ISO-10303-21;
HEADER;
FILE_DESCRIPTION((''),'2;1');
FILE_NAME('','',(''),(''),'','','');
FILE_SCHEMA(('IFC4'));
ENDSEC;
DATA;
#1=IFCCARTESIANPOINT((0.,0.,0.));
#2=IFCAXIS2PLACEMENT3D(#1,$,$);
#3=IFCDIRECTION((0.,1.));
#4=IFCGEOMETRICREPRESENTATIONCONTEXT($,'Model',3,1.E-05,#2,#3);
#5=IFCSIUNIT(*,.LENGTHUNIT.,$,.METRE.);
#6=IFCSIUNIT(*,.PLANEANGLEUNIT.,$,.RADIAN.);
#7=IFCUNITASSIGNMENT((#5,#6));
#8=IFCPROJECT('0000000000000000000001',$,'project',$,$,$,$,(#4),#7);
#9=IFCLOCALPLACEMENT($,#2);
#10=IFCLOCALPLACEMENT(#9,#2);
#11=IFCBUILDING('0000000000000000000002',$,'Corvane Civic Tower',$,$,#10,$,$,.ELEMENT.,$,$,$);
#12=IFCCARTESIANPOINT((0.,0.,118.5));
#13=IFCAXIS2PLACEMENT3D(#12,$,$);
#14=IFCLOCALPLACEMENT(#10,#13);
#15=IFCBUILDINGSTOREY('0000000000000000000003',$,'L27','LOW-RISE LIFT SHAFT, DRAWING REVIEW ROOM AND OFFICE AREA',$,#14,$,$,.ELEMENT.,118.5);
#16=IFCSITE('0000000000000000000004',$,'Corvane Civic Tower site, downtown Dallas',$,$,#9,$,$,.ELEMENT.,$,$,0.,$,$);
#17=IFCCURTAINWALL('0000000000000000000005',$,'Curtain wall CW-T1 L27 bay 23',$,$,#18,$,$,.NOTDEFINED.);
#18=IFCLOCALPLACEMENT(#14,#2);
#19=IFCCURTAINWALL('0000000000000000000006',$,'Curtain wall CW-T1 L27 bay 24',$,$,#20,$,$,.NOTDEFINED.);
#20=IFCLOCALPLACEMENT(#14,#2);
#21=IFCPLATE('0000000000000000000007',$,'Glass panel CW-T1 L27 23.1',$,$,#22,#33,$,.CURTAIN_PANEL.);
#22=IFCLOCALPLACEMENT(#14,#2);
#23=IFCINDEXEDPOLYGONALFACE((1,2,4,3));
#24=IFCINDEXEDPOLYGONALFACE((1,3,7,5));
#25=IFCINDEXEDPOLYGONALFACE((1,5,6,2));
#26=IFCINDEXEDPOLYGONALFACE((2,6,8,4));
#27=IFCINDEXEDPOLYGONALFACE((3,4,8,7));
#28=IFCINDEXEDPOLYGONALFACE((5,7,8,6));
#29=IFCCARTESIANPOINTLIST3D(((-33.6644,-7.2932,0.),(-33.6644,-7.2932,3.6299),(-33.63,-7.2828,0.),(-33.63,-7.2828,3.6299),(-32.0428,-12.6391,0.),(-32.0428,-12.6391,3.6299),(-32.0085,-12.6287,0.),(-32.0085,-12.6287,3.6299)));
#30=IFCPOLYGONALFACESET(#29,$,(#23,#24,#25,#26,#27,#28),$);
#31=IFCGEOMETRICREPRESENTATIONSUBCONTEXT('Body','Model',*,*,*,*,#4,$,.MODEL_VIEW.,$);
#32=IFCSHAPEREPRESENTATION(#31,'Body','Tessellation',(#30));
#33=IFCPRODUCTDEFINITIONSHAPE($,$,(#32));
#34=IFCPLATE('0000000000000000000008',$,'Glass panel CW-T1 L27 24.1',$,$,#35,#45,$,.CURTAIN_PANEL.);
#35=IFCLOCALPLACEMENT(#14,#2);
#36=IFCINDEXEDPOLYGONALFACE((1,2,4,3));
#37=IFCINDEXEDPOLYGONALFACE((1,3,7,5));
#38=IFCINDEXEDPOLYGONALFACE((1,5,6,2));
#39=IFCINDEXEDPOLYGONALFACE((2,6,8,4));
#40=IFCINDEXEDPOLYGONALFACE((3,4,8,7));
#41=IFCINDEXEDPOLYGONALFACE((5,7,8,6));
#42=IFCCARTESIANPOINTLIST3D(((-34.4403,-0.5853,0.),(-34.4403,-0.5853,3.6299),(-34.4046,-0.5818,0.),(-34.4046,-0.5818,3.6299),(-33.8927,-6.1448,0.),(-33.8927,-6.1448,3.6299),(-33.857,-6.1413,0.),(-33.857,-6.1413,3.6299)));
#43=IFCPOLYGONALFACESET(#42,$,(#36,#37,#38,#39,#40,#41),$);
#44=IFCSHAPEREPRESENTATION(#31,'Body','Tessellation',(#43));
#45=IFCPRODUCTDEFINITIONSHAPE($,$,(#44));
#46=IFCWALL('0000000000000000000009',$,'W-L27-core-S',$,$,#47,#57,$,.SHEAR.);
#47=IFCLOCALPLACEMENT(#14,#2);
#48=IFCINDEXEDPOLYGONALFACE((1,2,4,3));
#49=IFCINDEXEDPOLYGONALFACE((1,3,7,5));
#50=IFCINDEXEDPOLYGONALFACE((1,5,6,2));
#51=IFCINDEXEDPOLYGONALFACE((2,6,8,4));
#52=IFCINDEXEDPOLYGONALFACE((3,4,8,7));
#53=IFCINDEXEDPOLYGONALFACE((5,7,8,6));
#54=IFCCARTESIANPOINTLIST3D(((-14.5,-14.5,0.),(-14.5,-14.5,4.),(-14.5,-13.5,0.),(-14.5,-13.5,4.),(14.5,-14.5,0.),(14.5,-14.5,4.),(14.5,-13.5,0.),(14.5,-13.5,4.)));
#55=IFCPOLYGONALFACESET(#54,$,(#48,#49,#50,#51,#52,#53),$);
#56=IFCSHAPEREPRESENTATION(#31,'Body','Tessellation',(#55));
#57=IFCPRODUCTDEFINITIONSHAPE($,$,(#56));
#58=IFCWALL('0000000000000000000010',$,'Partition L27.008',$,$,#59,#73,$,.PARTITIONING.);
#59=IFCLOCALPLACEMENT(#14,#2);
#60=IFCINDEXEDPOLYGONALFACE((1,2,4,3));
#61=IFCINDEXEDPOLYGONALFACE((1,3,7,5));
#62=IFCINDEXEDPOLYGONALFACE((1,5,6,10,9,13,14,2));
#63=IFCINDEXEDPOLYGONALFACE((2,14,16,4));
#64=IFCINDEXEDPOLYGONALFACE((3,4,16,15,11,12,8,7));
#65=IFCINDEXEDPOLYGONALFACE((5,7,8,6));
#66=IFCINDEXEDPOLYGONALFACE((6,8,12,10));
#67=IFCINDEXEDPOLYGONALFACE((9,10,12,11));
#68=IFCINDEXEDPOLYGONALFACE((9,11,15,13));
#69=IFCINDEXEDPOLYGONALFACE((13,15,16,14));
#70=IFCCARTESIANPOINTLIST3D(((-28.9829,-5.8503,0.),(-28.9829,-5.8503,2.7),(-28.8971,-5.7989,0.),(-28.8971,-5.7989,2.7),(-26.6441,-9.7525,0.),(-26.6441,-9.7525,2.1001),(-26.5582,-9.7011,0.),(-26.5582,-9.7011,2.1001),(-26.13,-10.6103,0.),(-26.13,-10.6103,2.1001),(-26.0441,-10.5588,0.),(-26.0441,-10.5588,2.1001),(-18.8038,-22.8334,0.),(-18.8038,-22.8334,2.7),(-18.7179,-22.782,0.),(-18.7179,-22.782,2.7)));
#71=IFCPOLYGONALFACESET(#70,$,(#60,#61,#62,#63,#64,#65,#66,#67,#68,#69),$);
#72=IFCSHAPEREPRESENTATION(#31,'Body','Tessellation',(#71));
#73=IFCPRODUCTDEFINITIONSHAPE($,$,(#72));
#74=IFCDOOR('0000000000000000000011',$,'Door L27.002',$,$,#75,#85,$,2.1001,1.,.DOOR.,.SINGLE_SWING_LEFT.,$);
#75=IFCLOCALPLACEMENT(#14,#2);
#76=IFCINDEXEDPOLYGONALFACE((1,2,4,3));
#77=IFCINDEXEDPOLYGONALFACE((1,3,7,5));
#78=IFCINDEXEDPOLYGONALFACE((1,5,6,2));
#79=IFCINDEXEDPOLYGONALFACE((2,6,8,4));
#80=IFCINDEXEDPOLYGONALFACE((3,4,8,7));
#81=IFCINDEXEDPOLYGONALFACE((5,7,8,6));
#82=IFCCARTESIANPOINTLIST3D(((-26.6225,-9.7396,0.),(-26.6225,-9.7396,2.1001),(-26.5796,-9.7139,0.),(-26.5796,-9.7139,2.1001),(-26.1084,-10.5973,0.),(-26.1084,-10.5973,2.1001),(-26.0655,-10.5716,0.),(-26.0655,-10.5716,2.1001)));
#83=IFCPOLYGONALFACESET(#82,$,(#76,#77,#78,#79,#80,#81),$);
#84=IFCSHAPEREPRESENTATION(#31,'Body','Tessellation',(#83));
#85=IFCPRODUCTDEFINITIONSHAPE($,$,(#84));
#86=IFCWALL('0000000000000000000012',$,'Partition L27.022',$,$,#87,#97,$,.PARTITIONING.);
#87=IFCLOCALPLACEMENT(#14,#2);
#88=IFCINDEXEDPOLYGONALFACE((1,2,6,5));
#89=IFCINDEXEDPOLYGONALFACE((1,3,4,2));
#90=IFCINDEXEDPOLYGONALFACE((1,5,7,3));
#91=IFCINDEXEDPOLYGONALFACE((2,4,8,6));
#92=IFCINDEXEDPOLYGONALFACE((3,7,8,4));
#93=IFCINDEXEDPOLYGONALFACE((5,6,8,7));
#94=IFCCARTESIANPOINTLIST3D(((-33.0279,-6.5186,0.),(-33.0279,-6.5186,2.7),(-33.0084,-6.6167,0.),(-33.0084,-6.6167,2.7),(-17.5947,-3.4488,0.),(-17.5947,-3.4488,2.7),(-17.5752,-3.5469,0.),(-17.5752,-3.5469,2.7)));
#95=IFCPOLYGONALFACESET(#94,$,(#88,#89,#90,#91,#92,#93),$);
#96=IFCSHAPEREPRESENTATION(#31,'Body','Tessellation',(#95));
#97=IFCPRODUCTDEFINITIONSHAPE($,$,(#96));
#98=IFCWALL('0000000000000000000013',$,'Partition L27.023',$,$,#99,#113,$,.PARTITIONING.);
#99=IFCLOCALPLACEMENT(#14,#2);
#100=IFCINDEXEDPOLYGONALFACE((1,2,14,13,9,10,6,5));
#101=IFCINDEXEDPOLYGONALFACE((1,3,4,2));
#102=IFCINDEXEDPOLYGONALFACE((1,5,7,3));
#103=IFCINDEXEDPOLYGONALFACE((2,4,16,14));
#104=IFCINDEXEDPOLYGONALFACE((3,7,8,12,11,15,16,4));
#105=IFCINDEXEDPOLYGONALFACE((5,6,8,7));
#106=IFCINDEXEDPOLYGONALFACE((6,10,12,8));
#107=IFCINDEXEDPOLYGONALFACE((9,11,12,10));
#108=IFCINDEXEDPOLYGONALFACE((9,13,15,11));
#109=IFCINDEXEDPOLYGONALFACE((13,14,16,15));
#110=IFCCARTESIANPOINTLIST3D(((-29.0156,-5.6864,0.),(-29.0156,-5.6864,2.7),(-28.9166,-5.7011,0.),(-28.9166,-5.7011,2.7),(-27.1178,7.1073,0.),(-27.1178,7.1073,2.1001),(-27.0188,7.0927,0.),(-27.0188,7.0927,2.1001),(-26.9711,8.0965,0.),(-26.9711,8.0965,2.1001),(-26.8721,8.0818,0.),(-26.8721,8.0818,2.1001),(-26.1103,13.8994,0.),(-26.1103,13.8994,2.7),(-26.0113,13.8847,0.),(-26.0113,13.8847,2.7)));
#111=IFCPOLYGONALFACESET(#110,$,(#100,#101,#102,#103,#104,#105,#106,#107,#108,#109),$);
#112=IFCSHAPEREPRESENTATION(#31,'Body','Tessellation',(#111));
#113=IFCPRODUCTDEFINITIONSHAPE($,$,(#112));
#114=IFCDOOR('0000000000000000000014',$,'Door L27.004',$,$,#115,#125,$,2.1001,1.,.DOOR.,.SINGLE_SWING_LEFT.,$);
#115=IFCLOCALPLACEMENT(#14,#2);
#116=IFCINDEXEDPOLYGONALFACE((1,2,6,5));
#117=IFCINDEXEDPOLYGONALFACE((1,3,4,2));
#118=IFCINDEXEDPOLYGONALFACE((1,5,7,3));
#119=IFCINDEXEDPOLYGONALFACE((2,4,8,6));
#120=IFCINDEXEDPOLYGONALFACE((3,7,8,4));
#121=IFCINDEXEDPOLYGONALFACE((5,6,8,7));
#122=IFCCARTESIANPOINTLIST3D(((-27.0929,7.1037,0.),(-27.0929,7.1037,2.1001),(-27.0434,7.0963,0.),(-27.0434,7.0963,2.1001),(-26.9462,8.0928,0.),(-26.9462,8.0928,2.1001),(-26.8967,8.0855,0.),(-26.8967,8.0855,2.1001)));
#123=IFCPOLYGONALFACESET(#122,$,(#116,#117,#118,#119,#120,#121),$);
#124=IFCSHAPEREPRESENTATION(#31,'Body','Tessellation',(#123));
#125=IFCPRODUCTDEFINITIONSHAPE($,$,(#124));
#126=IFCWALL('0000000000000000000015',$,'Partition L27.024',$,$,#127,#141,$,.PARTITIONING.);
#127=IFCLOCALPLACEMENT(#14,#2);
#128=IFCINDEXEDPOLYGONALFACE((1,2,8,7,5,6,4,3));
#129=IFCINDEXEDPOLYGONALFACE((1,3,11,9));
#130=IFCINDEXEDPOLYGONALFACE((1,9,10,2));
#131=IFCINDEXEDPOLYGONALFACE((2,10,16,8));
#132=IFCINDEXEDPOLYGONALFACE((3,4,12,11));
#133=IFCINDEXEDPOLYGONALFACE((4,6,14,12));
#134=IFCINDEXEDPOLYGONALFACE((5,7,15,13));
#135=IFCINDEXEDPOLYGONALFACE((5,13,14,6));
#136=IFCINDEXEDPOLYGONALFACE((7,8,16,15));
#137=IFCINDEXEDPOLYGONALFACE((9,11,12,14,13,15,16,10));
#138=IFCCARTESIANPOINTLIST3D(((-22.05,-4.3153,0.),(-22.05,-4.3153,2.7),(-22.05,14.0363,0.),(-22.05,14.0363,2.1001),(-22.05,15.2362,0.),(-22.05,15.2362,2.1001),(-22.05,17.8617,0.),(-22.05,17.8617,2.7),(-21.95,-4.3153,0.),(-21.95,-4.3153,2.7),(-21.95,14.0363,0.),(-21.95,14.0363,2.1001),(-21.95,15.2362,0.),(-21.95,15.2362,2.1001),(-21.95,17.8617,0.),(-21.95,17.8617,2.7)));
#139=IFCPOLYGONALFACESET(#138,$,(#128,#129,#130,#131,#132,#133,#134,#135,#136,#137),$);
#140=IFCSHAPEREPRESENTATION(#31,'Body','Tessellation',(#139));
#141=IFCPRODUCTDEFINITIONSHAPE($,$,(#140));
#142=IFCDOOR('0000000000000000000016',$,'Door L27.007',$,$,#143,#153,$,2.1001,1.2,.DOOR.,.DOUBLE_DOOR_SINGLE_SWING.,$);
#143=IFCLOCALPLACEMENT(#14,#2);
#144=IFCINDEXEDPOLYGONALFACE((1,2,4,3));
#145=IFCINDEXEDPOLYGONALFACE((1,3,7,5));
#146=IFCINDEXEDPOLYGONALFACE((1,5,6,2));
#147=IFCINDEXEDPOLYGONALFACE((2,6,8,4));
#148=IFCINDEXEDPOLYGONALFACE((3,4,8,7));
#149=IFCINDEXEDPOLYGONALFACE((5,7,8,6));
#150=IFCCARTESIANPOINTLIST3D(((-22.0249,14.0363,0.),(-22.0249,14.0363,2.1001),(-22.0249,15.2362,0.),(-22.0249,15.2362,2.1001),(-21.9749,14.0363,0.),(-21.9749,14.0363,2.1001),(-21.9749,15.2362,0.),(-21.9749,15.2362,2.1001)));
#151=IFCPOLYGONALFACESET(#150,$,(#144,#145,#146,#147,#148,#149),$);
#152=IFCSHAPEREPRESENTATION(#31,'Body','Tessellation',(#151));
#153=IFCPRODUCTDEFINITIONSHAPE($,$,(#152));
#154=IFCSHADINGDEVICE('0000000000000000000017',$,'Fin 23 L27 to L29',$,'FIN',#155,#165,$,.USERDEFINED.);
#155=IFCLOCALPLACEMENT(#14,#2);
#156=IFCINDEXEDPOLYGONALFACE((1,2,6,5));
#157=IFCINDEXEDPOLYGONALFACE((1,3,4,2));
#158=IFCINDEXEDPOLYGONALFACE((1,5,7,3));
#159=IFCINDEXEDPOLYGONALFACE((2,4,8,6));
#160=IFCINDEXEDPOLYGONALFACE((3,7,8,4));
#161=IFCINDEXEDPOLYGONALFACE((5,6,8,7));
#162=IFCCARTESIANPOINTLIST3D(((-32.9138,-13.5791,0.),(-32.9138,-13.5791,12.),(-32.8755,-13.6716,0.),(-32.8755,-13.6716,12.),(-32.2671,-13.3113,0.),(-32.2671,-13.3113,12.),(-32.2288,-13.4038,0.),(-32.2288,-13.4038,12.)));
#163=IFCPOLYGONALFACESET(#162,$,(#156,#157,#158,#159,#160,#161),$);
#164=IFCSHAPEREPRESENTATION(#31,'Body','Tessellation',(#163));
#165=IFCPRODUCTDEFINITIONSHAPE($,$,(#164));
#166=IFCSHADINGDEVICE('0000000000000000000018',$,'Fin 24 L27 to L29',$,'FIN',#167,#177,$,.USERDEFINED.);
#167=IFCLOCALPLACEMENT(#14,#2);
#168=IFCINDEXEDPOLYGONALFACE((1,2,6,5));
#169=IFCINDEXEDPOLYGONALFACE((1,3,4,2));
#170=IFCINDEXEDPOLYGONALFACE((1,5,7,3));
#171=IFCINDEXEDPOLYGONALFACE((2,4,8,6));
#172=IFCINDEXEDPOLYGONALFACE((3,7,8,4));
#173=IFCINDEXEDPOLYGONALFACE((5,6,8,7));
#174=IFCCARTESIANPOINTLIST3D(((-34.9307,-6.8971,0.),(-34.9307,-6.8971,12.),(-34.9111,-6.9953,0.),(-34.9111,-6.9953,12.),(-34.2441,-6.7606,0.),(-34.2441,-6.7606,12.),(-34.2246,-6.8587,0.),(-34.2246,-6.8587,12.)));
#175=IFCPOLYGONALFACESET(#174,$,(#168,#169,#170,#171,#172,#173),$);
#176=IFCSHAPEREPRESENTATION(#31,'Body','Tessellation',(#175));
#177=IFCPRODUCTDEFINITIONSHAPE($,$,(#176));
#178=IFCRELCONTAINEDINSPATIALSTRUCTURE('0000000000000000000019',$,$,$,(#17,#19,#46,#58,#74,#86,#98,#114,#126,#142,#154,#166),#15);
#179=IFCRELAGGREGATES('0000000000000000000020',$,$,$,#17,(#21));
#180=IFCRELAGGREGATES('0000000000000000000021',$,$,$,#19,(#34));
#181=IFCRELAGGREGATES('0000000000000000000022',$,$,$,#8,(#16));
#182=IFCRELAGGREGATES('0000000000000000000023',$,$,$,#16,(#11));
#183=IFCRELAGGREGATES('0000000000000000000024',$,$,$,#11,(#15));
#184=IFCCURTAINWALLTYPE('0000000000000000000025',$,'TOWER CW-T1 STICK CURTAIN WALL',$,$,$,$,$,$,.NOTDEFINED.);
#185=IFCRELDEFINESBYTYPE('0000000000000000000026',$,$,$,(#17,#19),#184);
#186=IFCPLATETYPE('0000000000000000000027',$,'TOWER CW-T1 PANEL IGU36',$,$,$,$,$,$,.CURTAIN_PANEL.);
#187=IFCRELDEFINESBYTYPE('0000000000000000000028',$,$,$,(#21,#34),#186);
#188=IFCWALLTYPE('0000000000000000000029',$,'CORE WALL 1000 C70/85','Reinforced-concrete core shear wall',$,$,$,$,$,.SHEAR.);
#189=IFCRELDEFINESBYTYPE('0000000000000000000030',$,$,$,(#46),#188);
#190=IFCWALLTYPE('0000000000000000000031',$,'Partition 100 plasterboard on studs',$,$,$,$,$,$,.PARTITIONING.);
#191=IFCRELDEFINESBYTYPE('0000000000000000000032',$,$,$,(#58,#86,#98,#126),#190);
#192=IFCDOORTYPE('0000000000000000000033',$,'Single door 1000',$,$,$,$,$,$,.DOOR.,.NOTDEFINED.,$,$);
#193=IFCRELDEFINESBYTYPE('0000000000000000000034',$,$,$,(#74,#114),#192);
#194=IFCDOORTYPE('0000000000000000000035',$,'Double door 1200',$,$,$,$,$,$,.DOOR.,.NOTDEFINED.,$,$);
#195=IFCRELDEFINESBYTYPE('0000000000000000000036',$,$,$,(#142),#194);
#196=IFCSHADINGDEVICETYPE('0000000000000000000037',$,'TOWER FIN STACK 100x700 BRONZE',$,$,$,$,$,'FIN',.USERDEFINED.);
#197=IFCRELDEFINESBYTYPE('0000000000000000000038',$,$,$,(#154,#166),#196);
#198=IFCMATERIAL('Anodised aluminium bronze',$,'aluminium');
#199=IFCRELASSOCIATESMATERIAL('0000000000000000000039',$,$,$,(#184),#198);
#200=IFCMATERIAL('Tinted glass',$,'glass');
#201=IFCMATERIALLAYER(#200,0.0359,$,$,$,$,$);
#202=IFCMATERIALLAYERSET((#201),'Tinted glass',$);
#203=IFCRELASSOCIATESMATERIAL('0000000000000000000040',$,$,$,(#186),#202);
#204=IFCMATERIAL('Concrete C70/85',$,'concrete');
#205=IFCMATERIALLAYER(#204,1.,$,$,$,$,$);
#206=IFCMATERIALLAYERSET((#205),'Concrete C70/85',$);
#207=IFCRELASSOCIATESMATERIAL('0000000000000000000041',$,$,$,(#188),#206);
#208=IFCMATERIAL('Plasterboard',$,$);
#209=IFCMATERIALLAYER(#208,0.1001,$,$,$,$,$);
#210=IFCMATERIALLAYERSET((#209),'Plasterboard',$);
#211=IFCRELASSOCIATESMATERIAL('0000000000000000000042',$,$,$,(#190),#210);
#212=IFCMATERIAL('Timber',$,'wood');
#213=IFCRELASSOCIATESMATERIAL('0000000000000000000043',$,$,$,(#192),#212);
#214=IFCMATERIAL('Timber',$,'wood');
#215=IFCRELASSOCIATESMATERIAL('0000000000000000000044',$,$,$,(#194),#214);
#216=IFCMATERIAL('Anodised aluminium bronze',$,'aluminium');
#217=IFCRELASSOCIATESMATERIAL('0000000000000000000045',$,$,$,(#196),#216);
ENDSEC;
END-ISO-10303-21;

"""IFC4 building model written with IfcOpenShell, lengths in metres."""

from ifc_helpers import new_model, si_unit, direction, frame, frame_2d, origin, origin_2d, place, context, subcontext, project, spatial, rectangle, extrude, material, layer, layer_set, material_profile, profile_set, type_object, element, fill, aggregate, save


model = new_model("IFC4")

# Units and contexts
model_context = context("Model", 3, precision=1e-05, world=origin(), true_north=direction((0.0, 1.0)))
body_context = subcontext(model_context, "Body", "Model", "MODEL_VIEW")
ifc_project = project(units=[si_unit("LENGTHUNIT", "METRE"), si_unit("PLANEANGLEUNIT", "RADIAN")], contexts=[model_context])

# Site, building, storey
site_placement = place(None, origin())
site = spatial("IfcSite", under=ifc_project, at=site_placement, Name="Corvane Civic Tower site, downtown Dallas", CompositionType="ELEMENT", RefElevation=0.0)
building_placement = place(site_placement, origin())
building = spatial("IfcBuilding", under=site, at=building_placement, Name="Corvane Civic Tower", CompositionType="ELEMENT")
storey_placement = place(building_placement, frame((0.0, 0.0, 118.5)))
storey = spatial("IfcBuildingStorey", under=building, at=storey_placement, Name="L27", Description="LOW-RISE LIFT SHAFT, DRAWING REVIEW ROOM AND OFFICE AREA", CompositionType="ELEMENT", Elevation=118.5)

# Curtain walls
ifc_material_1 = material(Name="Anodised aluminium bronze", Category="aluminium")
curtain_wall_type = type_object("IfcCurtainWallType", Name="TOWER CW-T1 STICK CURTAIN WALL", PredefinedType="NOTDEFINED", material=ifc_material_1)
curtain_wall_1_placement = place(storey_placement, origin())
curtain_wall_1 = element("IfcCurtainWall", 1, at=curtain_wall_1_placement, inside=storey, type_object=curtain_wall_type, Name="Curtain wall CW-T1 L27 bay 23", PredefinedType="NOTDEFINED")
curtain_wall_2_placement = place(storey_placement, origin())
curtain_wall_2 = element("IfcCurtainWall", 2, at=curtain_wall_2_placement, inside=storey, type_object=curtain_wall_type, Name="Curtain wall CW-T1 L27 bay 24", PredefinedType="NOTDEFINED")

# Shared definitions
ifc_material_2 = material(Name="Tinted glass", Category="glass")
ifc_layer_1 = layer(ifc_material_2, 0.0359)
ifc_layer_set_1 = layer_set([ifc_layer_1], Name="Tinted glass")
plate_type = type_object("IfcPlateType", Name="TOWER CW-T1 PANEL IGU36", PredefinedType="CURTAIN_PANEL", material=ifc_layer_set_1)

# Plates
plate_1_placement = place(storey_placement, frame((-32.8364, -9.9609, 0.0), z_axis=(0.0, 0.0, 1.0), x_axis=(-0.290266, 0.956946, 0.0)))
plate_1 = element("IfcPlate", 3, at=plate_1_placement, type_object=plate_type, Name="Glass panel CW-T1 L27 23.1", PredefinedType="CURTAIN_PANEL", context=body_context, shape_type="SweptSolid", body=[
    extrude(rectangle(XDim=5.5864, YDim=0.0359, at=origin_2d()), origin(), (0.0, 0.0, 1.0), 3.6299),
])
aggregate(curtain_wall_1, [plate_1])
plate_2_placement = place(storey_placement, frame((-34.1487, -3.3633, 0.0), z_axis=(0.0, 0.0, 1.0), x_axis=(-0.098027, 0.995184, 0.0)))
plate_2 = element("IfcPlate", 4, at=plate_2_placement, type_object=plate_type, Name="Glass panel CW-T1 L27 24.1", PredefinedType="CURTAIN_PANEL", context=body_context, shape_type="SweptSolid", body=[
    extrude(rectangle(XDim=5.5864, YDim=0.0359, at=origin_2d()), origin(), (0.0, 0.0, 1.0), 3.6299),
])
aggregate(curtain_wall_2, [plate_2])

# Wall
ifc_material_3 = material(Name="Concrete C70/85", Category="concrete")
ifc_layer_2 = layer(ifc_material_3, 1.0)
ifc_layer_set_2 = layer_set([ifc_layer_2], Name="Concrete C70/85")
wall_type_1 = type_object("IfcWallType", Name="CORE WALL 1000 C70/85", Description="Reinforced-concrete core shear wall", PredefinedType="SHEAR", material=ifc_layer_set_2)
wall_1_placement = place(storey_placement, frame((-14.5, -14.0, 0.0), z_axis=(0.0, 0.0, 1.0), x_axis=(1.0, 0.0, 0.0)))
element("IfcWall", 5, at=wall_1_placement, inside=storey, type_object=wall_type_1, Name="W-L27-core-S", PredefinedType="SHEAR", context=body_context, shape_type="SweptSolid", body=[
    extrude(rectangle(XDim=29.0, YDim=1.0, at=frame_2d((14.5, 0.0))), origin(), (0.0, 0.0, 1.0), 4.0),
])

# Wall, opening, door
ifc_material_4 = material(Name="Plasterboard")
ifc_layer_3 = layer(ifc_material_4, 0.1001)
ifc_layer_set_3 = layer_set([ifc_layer_3], Name="Plasterboard")
wall_type_2 = type_object("IfcWallType", Name="Partition 100 plasterboard on studs", PredefinedType="PARTITIONING", material=ifc_layer_set_3)
wall_2_placement = place(storey_placement, frame((-28.9399, -5.8247, 0.0), z_axis=(0.0, 0.0, 1.0), x_axis=(0.514099, -0.857731, 0.0)))
wall_2 = element("IfcWall", 6, at=wall_2_placement, inside=storey, type_object=wall_type_2, Name="Partition L27.008", PredefinedType="PARTITIONING", context=body_context, shape_type="SweptSolid", body=[
    extrude(rectangle(XDim=19.8, YDim=0.1001, at=frame_2d((9.8999, 0.0))), origin(), (0.0, 0.0, 1.0), 2.7),
])
opening_1_placement = place(wall_2_placement, frame((4.5493, 0.0, 0.0)))
opening_1 = element("IfcOpeningElement", 7, at=opening_1_placement, cuts=wall_2, PredefinedType="OPENING", context=body_context, shape_type="SweptSolid", body=[
    extrude(rectangle(XDim=1.0, YDim=2.1001, at=frame_2d((0.5, 1.05))), frame((0.0, 0.0601, 0.0), z_axis=(0.0, -1.0, 0.0), x_axis=(1.0, 0.0, 0.0)), (0.0, 0.0, 1.0), 0.1201),
])
ifc_material_5 = material(Name="Timber", Category="wood")
door_type_1 = type_object("IfcDoorType", Name="Single door 1000", OperationType="NOTDEFINED", PredefinedType="DOOR", material=ifc_material_5)
door_1_placement = place(opening_1_placement, frame((1.0, 0.0, 0.0), z_axis=(0.0, 0.0, 1.0), x_axis=(-1.0, 0.0, 0.0)))
door_1 = element("IfcDoor", 8, at=door_1_placement, inside=storey, type_object=door_type_1, Name="Door L27.002", OperationType="SINGLE_SWING_LEFT", OverallHeight=2.1001, OverallWidth=1.0, PredefinedType="DOOR", context=body_context, shape_type="SweptSolid", body=[
    extrude(rectangle(XDim=1.0, YDim=2.1001, at=frame_2d((0.5, 1.05))), frame((0.0, 0.0249, 0.0), z_axis=(0.0, -1.0, 0.0), x_axis=(1.0, 0.0, 0.0)), (0.0, 0.0, 1.0), 0.05),
])
fill(opening_1, door_1)

# Wall
wall_3_placement = place(storey_placement, frame((-33.0181, -6.5676, 0.0), z_axis=(0.0, 0.0, 1.0), x_axis=(0.980786, 0.195087, 0.0)))
element("IfcWall", 9, at=wall_3_placement, inside=storey, type_object=wall_type_2, Name="Partition L27.022", PredefinedType="PARTITIONING", context=body_context, shape_type="SweptSolid", body=[
    extrude(rectangle(XDim=15.7356, YDim=0.1001, at=frame_2d((7.8677, 0.0))), origin(), (0.0, 0.0, 1.0), 2.7),
])

# Walls, openings, doors
wall_4_placement = place(storey_placement, frame((-28.9661, -5.6936, 0.0), z_axis=(0.0, 0.0, 1.0), x_axis=(0.146731, 0.989176, 0.0)))
wall_4 = element("IfcWall", 10, at=wall_4_placement, inside=storey, type_object=wall_type_2, Name="Partition L27.023", PredefinedType="PARTITIONING", context=body_context, shape_type="SweptSolid", body=[
    extrude(rectangle(XDim=19.8, YDim=0.1001, at=frame_2d((9.8999, 0.0))), origin(), (0.0, 0.0, 1.0), 2.7),
])
opening_2_placement = place(wall_4_placement, frame((12.9336, 0.0, 0.0)))
opening_2 = element("IfcOpeningElement", 11, at=opening_2_placement, cuts=wall_4, PredefinedType="OPENING", context=body_context, shape_type="SweptSolid", body=[
    extrude(rectangle(XDim=1.0, YDim=2.1001, at=frame_2d((0.5, 1.05))), frame((0.0, 0.0601, 0.0), z_axis=(0.0, -1.0, 0.0), x_axis=(1.0, 0.0, 0.0)), (0.0, 0.0, 1.0), 0.1201),
])
door_2_placement = place(opening_2_placement, origin())
door_2 = element("IfcDoor", 12, at=door_2_placement, inside=storey, type_object=door_type_1, Name="Door L27.004", OperationType="SINGLE_SWING_LEFT", OverallHeight=2.1001, OverallWidth=1.0, PredefinedType="DOOR", context=body_context, shape_type="SweptSolid", body=[
    extrude(rectangle(XDim=1.0, YDim=2.1001, at=frame_2d((0.5, 1.05))), frame((0.0, 0.0249, 0.0), z_axis=(0.0, -1.0, 0.0), x_axis=(1.0, 0.0, 0.0)), (0.0, 0.0, 1.0), 0.05),
])
fill(opening_2, door_2)
wall_5_placement = place(storey_placement, frame((-22.0, -4.3152, 0.0), z_axis=(0.0, 0.0, 1.0), x_axis=(0.0, 1.0, 0.0)))
wall_5 = element("IfcWall", 13, at=wall_5_placement, inside=storey, type_object=wall_type_2, Name="Partition L27.024", PredefinedType="PARTITIONING", context=body_context, shape_type="SweptSolid", body=[
    extrude(rectangle(XDim=22.177, YDim=0.1001, at=frame_2d((11.0884, 0.0))), origin(), (0.0, 0.0, 1.0), 2.7),
])
opening_3_placement = place(wall_5_placement, frame((18.3513, 0.0, 0.0)))
opening_3 = element("IfcOpeningElement", 14, at=opening_3_placement, cuts=wall_5, PredefinedType="OPENING", context=body_context, shape_type="SweptSolid", body=[
    extrude(rectangle(XDim=1.2, YDim=2.1001, at=frame_2d((0.6001, 1.05))), frame((0.0, 0.0601, 0.0), z_axis=(0.0, -1.0, 0.0), x_axis=(1.0, 0.0, 0.0)), (0.0, 0.0, 1.0), 0.1201),
])
ifc_material_6 = material(Name="Timber", Category="wood")
door_type_2 = type_object("IfcDoorType", Name="Double door 1200", OperationType="NOTDEFINED", PredefinedType="DOOR", material=ifc_material_6)
door_3_placement = place(opening_3_placement, origin())
door_3 = element("IfcDoor", 15, at=door_3_placement, inside=storey, type_object=door_type_2, Name="Door L27.007", OperationType="DOUBLE_DOOR_SINGLE_SWING", OverallHeight=2.1001, OverallWidth=1.2, PredefinedType="DOOR", context=body_context, shape_type="SweptSolid", body=[
    extrude(rectangle(XDim=1.2, YDim=2.1001, at=frame_2d((0.6001, 1.05))), frame((0.0, 0.0249, 0.0), z_axis=(0.0, -1.0, 0.0), x_axis=(1.0, 0.0, 0.0)), (0.0, 0.0, 1.0), 0.05),
])
fill(opening_3, door_3)

# Shading devices
ifc_material_7 = material(Name="Anodised aluminium bronze", Category="aluminium")
ifc_material_profile_1 = material_profile(ifc_material_7, rectangle(XDim=0.1001, YDim=0.7, at=origin_2d()), Name="TOWER FIN STACK 100x700 BRONZE")
ifc_profile_set_1 = profile_set([ifc_material_profile_1], Name="Anodised aluminium bronze")
shading_device_type = type_object("IfcShadingDeviceType", Name="TOWER FIN STACK 100x700 BRONZE", ElementType="FIN", PredefinedType="USERDEFINED", material=ifc_profile_set_1)
for number, where, z_axis, x_axis, name in (
    (16, (-32.5713, -13.4915, 0.0), (0.0, 0.0, 1.0), (-0.382683, 0.92388, 0.0), "Fin 23 L27 to L29"),
    (17, (-34.5776, -6.8779, 0.0), (0.0, 0.0, 1.0), (-0.19509, 0.980785, 0.0), "Fin 24 L27 to L29"),
):
    element("IfcShadingDevice", number, at=place(storey_placement, frame(where, z_axis=z_axis, x_axis=x_axis)), inside=storey, type_object=shading_device_type, Name=name, ObjectType="FIN", PredefinedType="USERDEFINED", context=body_context, shape_type="SweptSolid", body=[
        extrude(rectangle(XDim=0.1001, YDim=0.7, at=origin_2d()), origin(), (0.0, 0.0, 1.0), 12.0),
    ])

save(model, "model.ifc")
